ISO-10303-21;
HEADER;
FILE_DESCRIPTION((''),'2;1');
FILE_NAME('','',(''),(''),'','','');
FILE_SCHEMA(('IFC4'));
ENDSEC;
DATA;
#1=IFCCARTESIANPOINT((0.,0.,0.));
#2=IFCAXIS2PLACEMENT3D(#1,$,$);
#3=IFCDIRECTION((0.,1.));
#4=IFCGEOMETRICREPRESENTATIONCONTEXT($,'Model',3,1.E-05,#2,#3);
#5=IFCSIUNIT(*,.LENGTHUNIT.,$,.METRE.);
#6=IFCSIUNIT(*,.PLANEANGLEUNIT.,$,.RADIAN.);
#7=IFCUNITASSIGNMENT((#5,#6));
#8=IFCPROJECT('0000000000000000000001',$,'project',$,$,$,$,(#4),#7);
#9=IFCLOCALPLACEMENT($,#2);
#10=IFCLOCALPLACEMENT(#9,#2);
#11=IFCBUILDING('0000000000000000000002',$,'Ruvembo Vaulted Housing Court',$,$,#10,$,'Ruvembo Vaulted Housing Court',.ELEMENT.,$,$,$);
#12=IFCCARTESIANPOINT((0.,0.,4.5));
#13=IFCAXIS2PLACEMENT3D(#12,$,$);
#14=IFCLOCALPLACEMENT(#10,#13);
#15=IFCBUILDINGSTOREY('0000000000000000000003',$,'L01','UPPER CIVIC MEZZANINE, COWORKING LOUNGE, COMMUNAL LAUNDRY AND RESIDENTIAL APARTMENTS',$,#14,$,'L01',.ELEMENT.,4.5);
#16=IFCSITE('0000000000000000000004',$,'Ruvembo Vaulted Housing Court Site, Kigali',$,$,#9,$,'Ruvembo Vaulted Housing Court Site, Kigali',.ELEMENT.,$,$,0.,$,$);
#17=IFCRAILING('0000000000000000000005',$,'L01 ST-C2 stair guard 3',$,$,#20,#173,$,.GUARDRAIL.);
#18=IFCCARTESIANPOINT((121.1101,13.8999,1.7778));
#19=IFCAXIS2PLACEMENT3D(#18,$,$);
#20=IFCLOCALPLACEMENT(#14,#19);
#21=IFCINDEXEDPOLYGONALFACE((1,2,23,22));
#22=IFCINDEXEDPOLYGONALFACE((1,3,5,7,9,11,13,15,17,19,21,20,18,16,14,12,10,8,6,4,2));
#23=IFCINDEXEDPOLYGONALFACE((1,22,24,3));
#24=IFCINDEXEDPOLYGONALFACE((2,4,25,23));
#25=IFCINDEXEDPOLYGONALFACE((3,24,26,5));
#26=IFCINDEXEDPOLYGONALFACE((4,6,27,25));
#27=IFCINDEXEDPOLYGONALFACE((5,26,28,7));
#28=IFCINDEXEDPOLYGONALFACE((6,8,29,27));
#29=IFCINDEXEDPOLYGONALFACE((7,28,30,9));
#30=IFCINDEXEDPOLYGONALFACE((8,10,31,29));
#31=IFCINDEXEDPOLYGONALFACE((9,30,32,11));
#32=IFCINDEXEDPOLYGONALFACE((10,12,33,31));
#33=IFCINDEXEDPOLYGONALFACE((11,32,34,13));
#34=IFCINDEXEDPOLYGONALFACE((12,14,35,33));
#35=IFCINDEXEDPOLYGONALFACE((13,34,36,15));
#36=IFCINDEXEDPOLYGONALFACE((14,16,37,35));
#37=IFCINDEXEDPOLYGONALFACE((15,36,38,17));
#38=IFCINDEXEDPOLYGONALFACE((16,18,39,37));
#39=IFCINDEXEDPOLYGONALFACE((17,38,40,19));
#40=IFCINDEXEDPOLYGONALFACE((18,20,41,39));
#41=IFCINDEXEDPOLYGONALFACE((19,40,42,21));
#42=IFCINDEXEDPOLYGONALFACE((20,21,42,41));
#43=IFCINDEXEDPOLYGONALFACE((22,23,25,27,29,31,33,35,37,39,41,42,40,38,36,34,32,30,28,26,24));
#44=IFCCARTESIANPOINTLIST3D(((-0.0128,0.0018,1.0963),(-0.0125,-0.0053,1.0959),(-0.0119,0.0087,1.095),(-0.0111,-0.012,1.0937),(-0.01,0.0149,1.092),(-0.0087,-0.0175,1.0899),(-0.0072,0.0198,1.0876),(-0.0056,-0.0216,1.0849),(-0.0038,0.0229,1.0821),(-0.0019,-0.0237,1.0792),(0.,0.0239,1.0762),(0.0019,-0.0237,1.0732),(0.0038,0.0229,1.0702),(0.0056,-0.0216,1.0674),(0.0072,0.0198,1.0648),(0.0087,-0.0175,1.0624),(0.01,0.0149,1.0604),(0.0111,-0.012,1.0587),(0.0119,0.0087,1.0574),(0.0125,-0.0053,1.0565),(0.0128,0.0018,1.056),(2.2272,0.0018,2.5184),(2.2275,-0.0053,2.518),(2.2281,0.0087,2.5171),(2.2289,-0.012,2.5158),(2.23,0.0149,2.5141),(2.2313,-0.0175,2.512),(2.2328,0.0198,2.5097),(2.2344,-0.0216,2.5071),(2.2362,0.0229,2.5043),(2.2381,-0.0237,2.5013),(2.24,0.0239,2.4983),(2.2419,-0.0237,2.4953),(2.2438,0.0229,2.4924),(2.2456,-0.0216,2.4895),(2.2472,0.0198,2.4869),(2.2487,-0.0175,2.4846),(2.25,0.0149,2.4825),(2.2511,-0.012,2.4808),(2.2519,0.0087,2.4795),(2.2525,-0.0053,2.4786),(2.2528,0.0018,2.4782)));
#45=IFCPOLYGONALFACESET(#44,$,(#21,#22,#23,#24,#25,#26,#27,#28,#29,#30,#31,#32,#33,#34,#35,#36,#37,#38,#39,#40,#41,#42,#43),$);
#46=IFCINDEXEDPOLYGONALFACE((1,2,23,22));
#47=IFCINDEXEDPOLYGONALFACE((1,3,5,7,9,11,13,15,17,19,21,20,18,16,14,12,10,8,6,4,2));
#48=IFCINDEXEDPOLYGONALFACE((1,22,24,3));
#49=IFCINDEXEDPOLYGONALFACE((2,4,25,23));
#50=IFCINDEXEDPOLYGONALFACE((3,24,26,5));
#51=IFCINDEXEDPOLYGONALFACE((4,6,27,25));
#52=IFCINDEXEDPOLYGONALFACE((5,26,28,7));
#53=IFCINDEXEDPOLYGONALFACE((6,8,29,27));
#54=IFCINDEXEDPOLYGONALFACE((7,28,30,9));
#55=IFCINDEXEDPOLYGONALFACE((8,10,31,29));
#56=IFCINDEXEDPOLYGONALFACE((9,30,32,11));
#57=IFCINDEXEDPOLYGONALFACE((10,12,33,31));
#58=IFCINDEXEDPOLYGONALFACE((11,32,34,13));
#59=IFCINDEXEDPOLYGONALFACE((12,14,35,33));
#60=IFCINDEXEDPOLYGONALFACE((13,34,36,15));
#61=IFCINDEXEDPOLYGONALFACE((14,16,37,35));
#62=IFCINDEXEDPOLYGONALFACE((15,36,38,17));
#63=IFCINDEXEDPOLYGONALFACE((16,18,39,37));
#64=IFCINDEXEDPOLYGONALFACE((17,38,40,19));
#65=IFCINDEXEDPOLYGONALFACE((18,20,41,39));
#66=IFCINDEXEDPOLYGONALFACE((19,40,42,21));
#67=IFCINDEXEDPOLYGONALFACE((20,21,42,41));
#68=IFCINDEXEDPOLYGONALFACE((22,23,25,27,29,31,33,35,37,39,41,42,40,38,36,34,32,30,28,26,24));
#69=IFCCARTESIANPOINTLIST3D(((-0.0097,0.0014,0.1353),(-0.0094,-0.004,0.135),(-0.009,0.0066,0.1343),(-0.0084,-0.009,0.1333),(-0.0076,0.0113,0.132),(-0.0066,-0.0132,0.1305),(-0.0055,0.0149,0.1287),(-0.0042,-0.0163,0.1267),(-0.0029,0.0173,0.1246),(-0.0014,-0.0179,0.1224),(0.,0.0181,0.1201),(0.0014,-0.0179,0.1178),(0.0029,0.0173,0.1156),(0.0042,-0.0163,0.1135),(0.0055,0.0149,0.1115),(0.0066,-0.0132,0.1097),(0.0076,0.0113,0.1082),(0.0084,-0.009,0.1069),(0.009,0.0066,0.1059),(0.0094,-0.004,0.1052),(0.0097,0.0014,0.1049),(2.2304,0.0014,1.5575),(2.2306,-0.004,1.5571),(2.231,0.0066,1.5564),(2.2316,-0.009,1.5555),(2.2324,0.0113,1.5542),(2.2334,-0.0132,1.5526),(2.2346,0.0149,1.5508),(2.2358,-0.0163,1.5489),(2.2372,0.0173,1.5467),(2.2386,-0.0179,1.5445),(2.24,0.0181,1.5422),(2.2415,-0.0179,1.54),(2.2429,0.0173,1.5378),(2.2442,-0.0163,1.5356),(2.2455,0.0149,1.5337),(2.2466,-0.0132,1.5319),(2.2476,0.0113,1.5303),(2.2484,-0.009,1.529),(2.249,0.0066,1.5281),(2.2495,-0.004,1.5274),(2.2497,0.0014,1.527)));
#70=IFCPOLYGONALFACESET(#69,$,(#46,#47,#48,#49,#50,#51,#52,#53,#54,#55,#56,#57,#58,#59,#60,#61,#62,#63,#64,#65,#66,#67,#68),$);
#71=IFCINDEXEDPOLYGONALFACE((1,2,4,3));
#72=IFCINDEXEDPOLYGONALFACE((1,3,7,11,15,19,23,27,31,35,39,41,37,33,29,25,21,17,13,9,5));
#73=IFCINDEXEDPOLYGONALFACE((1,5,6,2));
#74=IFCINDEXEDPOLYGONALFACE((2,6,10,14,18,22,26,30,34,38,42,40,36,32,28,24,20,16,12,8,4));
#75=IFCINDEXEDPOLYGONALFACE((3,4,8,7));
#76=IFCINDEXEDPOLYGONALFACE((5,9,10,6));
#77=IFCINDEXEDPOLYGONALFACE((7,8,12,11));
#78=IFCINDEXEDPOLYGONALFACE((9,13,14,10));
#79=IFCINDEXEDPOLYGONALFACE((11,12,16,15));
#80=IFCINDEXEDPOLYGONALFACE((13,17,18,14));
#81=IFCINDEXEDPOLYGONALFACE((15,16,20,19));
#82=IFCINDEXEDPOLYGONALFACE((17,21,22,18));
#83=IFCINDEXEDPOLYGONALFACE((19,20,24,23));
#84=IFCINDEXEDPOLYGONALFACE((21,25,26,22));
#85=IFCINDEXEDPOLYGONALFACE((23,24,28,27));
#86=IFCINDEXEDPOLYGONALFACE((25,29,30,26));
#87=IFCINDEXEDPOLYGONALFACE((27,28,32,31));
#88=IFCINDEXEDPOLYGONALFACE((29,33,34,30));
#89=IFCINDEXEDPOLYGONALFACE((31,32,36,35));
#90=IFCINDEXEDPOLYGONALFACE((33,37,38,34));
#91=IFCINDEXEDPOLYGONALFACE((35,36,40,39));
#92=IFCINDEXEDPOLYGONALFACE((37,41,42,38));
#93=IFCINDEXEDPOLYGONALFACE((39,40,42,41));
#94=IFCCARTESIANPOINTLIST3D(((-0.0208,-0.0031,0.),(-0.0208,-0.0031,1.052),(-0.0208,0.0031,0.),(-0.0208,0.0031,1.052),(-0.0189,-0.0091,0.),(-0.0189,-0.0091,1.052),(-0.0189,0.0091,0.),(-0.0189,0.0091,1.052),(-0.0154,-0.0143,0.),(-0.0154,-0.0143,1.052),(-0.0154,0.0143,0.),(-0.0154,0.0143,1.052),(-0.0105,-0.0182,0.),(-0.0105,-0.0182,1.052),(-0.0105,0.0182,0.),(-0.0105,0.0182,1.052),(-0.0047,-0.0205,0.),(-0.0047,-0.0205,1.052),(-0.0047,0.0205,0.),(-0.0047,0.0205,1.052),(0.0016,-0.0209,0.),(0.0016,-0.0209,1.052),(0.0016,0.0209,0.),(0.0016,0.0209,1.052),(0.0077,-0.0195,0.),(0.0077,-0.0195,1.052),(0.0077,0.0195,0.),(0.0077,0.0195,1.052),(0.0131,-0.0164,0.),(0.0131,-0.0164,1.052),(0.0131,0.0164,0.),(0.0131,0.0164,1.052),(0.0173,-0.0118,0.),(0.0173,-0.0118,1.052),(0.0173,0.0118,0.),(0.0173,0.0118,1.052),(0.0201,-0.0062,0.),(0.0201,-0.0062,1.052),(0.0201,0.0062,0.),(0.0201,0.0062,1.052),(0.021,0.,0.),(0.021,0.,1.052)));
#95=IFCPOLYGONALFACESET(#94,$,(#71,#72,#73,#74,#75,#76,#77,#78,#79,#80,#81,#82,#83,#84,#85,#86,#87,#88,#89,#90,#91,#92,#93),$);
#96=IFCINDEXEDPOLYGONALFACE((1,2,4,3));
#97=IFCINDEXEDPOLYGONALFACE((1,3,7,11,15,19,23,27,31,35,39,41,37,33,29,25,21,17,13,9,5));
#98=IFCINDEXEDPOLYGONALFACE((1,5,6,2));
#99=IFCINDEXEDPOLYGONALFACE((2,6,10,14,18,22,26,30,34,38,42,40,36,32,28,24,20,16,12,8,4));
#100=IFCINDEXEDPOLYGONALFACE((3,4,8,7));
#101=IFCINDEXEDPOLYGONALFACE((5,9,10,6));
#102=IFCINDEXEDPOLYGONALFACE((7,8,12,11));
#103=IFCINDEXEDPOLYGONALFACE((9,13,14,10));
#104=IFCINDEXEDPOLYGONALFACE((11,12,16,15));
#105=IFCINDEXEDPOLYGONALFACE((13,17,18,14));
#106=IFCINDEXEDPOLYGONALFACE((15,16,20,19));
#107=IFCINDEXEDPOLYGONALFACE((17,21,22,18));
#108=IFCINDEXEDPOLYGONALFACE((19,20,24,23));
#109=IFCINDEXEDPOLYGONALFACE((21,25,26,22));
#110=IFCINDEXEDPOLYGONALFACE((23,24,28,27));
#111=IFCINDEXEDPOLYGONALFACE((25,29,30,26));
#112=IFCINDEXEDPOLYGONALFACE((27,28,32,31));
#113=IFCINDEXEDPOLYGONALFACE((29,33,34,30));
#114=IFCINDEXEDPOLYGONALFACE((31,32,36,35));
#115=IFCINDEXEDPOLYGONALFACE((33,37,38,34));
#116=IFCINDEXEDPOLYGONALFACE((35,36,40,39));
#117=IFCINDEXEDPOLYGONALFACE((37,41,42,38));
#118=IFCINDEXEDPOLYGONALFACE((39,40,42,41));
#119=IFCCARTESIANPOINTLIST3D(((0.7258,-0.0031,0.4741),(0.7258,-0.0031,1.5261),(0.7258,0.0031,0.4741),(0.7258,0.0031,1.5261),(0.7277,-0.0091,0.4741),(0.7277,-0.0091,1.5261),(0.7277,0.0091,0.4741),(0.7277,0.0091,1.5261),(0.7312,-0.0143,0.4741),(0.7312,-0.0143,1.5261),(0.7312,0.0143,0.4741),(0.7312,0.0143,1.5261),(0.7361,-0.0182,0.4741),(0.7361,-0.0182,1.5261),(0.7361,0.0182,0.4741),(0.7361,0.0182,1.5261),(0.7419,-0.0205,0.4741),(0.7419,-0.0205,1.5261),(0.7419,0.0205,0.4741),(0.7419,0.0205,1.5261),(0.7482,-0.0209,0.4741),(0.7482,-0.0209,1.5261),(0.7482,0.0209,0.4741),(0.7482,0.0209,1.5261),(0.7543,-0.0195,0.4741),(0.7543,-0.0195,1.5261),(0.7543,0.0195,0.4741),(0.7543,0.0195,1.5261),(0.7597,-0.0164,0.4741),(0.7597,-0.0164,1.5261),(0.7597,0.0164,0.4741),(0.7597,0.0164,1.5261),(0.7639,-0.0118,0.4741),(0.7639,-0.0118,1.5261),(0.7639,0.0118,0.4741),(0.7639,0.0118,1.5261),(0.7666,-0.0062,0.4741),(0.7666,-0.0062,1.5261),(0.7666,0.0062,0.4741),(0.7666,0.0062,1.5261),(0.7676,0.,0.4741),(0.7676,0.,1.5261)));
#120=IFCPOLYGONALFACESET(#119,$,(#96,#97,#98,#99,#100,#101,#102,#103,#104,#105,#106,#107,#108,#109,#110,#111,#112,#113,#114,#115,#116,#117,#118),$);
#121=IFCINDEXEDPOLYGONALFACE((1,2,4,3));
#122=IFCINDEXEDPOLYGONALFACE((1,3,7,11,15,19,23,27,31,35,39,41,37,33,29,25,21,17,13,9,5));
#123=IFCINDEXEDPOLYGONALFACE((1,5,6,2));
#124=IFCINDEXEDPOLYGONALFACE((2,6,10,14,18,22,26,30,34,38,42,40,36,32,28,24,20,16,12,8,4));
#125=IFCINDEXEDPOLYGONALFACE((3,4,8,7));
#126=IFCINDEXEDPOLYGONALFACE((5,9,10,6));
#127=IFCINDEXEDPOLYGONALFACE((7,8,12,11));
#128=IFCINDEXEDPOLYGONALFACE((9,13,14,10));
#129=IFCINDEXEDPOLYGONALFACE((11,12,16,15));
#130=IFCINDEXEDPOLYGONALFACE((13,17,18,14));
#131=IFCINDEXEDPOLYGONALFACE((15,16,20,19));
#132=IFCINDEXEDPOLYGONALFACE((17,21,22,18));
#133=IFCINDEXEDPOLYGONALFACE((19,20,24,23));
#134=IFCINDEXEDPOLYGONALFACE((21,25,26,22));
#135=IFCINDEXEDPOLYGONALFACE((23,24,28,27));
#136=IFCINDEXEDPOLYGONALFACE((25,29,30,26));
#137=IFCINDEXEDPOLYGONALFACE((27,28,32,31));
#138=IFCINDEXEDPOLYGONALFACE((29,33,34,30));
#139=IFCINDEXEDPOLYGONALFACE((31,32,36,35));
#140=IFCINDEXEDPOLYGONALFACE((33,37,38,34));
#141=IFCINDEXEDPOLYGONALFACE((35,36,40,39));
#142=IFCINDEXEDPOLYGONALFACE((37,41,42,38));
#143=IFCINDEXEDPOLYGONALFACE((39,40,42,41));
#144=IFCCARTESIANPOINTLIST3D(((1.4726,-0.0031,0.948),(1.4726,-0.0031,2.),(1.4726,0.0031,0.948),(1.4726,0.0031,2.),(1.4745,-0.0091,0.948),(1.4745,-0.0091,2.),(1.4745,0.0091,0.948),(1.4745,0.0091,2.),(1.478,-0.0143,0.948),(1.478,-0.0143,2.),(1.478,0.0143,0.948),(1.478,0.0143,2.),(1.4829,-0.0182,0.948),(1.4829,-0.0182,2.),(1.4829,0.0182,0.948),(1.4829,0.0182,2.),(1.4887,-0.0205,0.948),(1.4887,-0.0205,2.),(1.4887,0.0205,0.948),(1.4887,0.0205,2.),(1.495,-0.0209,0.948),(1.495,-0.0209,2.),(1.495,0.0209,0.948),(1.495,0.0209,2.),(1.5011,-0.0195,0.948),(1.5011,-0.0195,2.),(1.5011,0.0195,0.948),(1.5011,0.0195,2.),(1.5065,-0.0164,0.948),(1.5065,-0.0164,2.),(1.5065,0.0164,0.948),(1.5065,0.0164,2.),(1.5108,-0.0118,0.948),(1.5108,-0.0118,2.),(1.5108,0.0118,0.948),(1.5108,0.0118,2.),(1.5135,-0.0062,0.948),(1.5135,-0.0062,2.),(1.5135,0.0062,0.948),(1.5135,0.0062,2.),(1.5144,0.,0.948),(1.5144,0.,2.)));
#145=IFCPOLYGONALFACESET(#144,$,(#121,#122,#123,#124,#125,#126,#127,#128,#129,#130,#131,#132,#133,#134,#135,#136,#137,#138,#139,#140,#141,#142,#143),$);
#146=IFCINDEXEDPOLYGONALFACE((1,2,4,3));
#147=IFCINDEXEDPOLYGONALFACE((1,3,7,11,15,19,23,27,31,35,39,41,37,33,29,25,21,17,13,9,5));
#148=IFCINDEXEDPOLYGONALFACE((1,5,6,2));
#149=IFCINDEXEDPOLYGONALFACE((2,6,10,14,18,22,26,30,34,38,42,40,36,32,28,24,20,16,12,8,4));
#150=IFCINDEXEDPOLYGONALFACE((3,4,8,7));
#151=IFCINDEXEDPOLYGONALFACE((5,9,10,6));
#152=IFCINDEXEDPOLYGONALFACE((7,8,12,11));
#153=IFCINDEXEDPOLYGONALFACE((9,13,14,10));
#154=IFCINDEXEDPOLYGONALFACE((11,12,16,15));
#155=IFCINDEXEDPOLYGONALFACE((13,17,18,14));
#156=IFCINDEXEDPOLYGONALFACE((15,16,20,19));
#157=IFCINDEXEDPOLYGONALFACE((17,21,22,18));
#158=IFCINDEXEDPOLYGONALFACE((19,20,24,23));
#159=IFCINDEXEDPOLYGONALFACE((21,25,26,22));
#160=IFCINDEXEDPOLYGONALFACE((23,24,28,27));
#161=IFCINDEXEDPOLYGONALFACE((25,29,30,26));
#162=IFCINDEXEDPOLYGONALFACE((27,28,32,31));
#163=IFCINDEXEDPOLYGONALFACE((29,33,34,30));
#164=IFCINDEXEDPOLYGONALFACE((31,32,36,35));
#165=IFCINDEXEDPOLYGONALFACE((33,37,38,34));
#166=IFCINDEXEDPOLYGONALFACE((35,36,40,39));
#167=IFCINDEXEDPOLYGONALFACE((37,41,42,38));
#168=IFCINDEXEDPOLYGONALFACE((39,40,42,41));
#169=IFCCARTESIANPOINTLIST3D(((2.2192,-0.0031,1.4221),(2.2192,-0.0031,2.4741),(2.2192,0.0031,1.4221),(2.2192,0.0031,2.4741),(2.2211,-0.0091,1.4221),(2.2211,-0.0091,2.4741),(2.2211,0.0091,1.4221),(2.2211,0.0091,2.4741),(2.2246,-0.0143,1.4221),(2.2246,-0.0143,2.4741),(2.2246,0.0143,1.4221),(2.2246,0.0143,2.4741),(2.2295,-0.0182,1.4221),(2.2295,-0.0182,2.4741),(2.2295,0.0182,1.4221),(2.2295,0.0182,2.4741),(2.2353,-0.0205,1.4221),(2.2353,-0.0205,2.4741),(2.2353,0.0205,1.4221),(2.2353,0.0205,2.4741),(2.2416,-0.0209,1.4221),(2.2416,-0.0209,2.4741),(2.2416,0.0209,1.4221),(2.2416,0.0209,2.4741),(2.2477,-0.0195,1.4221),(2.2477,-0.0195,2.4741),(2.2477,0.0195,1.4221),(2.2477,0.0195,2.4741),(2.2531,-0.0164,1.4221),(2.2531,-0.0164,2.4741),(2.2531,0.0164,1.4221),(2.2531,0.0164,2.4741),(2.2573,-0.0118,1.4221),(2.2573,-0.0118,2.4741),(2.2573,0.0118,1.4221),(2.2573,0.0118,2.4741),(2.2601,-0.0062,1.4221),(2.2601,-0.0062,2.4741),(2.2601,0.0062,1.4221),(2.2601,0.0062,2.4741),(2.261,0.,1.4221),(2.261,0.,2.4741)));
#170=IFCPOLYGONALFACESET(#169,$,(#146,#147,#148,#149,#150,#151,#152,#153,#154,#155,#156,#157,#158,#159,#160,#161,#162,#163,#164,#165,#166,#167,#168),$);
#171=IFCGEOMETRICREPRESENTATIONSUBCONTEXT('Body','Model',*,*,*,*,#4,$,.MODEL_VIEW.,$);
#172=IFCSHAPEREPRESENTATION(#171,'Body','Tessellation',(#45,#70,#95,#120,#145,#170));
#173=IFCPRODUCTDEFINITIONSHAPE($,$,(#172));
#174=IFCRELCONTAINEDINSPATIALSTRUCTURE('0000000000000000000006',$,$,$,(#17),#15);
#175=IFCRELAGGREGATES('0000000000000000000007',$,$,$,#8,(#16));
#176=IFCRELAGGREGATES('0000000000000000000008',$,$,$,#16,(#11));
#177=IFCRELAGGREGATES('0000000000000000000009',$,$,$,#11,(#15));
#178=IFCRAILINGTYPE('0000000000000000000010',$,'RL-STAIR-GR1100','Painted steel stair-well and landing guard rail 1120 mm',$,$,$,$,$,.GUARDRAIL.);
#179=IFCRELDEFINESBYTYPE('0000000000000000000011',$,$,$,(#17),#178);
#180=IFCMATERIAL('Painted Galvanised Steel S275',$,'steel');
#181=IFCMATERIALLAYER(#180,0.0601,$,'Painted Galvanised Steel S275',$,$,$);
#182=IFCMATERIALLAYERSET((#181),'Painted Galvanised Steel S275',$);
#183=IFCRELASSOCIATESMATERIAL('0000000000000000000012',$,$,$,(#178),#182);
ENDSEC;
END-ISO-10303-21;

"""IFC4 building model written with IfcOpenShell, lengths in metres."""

from ifc_helpers import new_model, si_unit, direction, frame, origin, origin_2d, place, context, subcontext, project, spatial, circle, extrude, material, layer, layer_set, type_object, element, save


model = new_model("IFC4")

# Units and contexts
model_context = context("Model", 3, precision=1e-05, world=origin(), true_north=direction((0.0, 1.0)))
body_context = subcontext(model_context, "Body", "Model", "MODEL_VIEW")
ifc_project = project(units=[si_unit("LENGTHUNIT", "METRE"), si_unit("PLANEANGLEUNIT", "RADIAN")], contexts=[model_context])

# Site, building, storey
site_placement = place(None, origin())
site = spatial("IfcSite", under=ifc_project, at=site_placement, Name="Ruvembo Vaulted Housing Court Site, Kigali", LongName="Ruvembo Vaulted Housing Court Site, Kigali", CompositionType="ELEMENT", RefElevation=0.0)
building_placement = place(site_placement, origin())
building = spatial("IfcBuilding", under=site, at=building_placement, Name="Ruvembo Vaulted Housing Court", LongName="Ruvembo Vaulted Housing Court", CompositionType="ELEMENT")
storey_placement = place(building_placement, frame((0.0, 0.0, 4.5)))
storey = spatial("IfcBuildingStorey", under=building, at=storey_placement, Name="L01", Description="UPPER CIVIC MEZZANINE, COWORKING LOUNGE, COMMUNAL LAUNDRY AND RESIDENTIAL APARTMENTS", LongName="L01", CompositionType="ELEMENT", Elevation=4.5)

# Railing
ifc_material_1 = material(Name="Painted Galvanised Steel S275", Category="steel")
ifc_layer_1 = layer(ifc_material_1, 0.0601, Name="Painted Galvanised Steel S275")
ifc_layer_set_1 = layer_set([ifc_layer_1], Name="Painted Galvanised Steel S275")
railing_type_1 = type_object("IfcRailingType", Name="RL-STAIR-GR1100", Description="Painted steel stair-well and landing guard rail 1120 mm", PredefinedType="GUARDRAIL", material=ifc_layer_set_1)
railing_1_placement = place(storey_placement, frame((121.1101, 13.8999, 1.7778)))
element("IfcRailing", 1, at=railing_1_placement, inside=storey, type_object=railing_type_1, Name="L01 ST-C2 stair guard 3", PredefinedType="GUARDRAIL", context=body_context, shape_type="SweptSolid", body=[
    extrude(circle(Radius=0.0239, at=origin_2d()), frame((0.0, 0.0, 1.0762), z_axis=(0.844229, 0.0, 0.535982), x_axis=(0.0, 1.0, 0.0)), (0.0, 0.0, 1.0), 2.6533),
    extrude(circle(Radius=0.0181, at=origin_2d()), frame((0.0, 0.0, 0.1201), z_axis=(0.844229, 0.0, 0.535982), x_axis=(0.0, 1.0, 0.0)), (0.0, 0.0, 1.0), 2.6533),
    extrude(circle(Radius=0.021, at=origin_2d()), origin(), (0.0, 0.0, 1.0), 1.052),
    extrude(circle(Radius=0.021, at=origin_2d()), frame((0.7466, 0.0, 0.4741)), (0.0, 0.0, 1.0), 1.052),
    extrude(circle(Radius=0.021, at=origin_2d()), frame((1.4934, 0.0, 0.948)), (0.0, 0.0, 1.0), 1.052),
    extrude(circle(Radius=0.021, at=origin_2d()), frame((2.24, 0.0, 1.4221)), (0.0, 0.0, 1.0), 1.052),
])

save(model, "model.ifc")
